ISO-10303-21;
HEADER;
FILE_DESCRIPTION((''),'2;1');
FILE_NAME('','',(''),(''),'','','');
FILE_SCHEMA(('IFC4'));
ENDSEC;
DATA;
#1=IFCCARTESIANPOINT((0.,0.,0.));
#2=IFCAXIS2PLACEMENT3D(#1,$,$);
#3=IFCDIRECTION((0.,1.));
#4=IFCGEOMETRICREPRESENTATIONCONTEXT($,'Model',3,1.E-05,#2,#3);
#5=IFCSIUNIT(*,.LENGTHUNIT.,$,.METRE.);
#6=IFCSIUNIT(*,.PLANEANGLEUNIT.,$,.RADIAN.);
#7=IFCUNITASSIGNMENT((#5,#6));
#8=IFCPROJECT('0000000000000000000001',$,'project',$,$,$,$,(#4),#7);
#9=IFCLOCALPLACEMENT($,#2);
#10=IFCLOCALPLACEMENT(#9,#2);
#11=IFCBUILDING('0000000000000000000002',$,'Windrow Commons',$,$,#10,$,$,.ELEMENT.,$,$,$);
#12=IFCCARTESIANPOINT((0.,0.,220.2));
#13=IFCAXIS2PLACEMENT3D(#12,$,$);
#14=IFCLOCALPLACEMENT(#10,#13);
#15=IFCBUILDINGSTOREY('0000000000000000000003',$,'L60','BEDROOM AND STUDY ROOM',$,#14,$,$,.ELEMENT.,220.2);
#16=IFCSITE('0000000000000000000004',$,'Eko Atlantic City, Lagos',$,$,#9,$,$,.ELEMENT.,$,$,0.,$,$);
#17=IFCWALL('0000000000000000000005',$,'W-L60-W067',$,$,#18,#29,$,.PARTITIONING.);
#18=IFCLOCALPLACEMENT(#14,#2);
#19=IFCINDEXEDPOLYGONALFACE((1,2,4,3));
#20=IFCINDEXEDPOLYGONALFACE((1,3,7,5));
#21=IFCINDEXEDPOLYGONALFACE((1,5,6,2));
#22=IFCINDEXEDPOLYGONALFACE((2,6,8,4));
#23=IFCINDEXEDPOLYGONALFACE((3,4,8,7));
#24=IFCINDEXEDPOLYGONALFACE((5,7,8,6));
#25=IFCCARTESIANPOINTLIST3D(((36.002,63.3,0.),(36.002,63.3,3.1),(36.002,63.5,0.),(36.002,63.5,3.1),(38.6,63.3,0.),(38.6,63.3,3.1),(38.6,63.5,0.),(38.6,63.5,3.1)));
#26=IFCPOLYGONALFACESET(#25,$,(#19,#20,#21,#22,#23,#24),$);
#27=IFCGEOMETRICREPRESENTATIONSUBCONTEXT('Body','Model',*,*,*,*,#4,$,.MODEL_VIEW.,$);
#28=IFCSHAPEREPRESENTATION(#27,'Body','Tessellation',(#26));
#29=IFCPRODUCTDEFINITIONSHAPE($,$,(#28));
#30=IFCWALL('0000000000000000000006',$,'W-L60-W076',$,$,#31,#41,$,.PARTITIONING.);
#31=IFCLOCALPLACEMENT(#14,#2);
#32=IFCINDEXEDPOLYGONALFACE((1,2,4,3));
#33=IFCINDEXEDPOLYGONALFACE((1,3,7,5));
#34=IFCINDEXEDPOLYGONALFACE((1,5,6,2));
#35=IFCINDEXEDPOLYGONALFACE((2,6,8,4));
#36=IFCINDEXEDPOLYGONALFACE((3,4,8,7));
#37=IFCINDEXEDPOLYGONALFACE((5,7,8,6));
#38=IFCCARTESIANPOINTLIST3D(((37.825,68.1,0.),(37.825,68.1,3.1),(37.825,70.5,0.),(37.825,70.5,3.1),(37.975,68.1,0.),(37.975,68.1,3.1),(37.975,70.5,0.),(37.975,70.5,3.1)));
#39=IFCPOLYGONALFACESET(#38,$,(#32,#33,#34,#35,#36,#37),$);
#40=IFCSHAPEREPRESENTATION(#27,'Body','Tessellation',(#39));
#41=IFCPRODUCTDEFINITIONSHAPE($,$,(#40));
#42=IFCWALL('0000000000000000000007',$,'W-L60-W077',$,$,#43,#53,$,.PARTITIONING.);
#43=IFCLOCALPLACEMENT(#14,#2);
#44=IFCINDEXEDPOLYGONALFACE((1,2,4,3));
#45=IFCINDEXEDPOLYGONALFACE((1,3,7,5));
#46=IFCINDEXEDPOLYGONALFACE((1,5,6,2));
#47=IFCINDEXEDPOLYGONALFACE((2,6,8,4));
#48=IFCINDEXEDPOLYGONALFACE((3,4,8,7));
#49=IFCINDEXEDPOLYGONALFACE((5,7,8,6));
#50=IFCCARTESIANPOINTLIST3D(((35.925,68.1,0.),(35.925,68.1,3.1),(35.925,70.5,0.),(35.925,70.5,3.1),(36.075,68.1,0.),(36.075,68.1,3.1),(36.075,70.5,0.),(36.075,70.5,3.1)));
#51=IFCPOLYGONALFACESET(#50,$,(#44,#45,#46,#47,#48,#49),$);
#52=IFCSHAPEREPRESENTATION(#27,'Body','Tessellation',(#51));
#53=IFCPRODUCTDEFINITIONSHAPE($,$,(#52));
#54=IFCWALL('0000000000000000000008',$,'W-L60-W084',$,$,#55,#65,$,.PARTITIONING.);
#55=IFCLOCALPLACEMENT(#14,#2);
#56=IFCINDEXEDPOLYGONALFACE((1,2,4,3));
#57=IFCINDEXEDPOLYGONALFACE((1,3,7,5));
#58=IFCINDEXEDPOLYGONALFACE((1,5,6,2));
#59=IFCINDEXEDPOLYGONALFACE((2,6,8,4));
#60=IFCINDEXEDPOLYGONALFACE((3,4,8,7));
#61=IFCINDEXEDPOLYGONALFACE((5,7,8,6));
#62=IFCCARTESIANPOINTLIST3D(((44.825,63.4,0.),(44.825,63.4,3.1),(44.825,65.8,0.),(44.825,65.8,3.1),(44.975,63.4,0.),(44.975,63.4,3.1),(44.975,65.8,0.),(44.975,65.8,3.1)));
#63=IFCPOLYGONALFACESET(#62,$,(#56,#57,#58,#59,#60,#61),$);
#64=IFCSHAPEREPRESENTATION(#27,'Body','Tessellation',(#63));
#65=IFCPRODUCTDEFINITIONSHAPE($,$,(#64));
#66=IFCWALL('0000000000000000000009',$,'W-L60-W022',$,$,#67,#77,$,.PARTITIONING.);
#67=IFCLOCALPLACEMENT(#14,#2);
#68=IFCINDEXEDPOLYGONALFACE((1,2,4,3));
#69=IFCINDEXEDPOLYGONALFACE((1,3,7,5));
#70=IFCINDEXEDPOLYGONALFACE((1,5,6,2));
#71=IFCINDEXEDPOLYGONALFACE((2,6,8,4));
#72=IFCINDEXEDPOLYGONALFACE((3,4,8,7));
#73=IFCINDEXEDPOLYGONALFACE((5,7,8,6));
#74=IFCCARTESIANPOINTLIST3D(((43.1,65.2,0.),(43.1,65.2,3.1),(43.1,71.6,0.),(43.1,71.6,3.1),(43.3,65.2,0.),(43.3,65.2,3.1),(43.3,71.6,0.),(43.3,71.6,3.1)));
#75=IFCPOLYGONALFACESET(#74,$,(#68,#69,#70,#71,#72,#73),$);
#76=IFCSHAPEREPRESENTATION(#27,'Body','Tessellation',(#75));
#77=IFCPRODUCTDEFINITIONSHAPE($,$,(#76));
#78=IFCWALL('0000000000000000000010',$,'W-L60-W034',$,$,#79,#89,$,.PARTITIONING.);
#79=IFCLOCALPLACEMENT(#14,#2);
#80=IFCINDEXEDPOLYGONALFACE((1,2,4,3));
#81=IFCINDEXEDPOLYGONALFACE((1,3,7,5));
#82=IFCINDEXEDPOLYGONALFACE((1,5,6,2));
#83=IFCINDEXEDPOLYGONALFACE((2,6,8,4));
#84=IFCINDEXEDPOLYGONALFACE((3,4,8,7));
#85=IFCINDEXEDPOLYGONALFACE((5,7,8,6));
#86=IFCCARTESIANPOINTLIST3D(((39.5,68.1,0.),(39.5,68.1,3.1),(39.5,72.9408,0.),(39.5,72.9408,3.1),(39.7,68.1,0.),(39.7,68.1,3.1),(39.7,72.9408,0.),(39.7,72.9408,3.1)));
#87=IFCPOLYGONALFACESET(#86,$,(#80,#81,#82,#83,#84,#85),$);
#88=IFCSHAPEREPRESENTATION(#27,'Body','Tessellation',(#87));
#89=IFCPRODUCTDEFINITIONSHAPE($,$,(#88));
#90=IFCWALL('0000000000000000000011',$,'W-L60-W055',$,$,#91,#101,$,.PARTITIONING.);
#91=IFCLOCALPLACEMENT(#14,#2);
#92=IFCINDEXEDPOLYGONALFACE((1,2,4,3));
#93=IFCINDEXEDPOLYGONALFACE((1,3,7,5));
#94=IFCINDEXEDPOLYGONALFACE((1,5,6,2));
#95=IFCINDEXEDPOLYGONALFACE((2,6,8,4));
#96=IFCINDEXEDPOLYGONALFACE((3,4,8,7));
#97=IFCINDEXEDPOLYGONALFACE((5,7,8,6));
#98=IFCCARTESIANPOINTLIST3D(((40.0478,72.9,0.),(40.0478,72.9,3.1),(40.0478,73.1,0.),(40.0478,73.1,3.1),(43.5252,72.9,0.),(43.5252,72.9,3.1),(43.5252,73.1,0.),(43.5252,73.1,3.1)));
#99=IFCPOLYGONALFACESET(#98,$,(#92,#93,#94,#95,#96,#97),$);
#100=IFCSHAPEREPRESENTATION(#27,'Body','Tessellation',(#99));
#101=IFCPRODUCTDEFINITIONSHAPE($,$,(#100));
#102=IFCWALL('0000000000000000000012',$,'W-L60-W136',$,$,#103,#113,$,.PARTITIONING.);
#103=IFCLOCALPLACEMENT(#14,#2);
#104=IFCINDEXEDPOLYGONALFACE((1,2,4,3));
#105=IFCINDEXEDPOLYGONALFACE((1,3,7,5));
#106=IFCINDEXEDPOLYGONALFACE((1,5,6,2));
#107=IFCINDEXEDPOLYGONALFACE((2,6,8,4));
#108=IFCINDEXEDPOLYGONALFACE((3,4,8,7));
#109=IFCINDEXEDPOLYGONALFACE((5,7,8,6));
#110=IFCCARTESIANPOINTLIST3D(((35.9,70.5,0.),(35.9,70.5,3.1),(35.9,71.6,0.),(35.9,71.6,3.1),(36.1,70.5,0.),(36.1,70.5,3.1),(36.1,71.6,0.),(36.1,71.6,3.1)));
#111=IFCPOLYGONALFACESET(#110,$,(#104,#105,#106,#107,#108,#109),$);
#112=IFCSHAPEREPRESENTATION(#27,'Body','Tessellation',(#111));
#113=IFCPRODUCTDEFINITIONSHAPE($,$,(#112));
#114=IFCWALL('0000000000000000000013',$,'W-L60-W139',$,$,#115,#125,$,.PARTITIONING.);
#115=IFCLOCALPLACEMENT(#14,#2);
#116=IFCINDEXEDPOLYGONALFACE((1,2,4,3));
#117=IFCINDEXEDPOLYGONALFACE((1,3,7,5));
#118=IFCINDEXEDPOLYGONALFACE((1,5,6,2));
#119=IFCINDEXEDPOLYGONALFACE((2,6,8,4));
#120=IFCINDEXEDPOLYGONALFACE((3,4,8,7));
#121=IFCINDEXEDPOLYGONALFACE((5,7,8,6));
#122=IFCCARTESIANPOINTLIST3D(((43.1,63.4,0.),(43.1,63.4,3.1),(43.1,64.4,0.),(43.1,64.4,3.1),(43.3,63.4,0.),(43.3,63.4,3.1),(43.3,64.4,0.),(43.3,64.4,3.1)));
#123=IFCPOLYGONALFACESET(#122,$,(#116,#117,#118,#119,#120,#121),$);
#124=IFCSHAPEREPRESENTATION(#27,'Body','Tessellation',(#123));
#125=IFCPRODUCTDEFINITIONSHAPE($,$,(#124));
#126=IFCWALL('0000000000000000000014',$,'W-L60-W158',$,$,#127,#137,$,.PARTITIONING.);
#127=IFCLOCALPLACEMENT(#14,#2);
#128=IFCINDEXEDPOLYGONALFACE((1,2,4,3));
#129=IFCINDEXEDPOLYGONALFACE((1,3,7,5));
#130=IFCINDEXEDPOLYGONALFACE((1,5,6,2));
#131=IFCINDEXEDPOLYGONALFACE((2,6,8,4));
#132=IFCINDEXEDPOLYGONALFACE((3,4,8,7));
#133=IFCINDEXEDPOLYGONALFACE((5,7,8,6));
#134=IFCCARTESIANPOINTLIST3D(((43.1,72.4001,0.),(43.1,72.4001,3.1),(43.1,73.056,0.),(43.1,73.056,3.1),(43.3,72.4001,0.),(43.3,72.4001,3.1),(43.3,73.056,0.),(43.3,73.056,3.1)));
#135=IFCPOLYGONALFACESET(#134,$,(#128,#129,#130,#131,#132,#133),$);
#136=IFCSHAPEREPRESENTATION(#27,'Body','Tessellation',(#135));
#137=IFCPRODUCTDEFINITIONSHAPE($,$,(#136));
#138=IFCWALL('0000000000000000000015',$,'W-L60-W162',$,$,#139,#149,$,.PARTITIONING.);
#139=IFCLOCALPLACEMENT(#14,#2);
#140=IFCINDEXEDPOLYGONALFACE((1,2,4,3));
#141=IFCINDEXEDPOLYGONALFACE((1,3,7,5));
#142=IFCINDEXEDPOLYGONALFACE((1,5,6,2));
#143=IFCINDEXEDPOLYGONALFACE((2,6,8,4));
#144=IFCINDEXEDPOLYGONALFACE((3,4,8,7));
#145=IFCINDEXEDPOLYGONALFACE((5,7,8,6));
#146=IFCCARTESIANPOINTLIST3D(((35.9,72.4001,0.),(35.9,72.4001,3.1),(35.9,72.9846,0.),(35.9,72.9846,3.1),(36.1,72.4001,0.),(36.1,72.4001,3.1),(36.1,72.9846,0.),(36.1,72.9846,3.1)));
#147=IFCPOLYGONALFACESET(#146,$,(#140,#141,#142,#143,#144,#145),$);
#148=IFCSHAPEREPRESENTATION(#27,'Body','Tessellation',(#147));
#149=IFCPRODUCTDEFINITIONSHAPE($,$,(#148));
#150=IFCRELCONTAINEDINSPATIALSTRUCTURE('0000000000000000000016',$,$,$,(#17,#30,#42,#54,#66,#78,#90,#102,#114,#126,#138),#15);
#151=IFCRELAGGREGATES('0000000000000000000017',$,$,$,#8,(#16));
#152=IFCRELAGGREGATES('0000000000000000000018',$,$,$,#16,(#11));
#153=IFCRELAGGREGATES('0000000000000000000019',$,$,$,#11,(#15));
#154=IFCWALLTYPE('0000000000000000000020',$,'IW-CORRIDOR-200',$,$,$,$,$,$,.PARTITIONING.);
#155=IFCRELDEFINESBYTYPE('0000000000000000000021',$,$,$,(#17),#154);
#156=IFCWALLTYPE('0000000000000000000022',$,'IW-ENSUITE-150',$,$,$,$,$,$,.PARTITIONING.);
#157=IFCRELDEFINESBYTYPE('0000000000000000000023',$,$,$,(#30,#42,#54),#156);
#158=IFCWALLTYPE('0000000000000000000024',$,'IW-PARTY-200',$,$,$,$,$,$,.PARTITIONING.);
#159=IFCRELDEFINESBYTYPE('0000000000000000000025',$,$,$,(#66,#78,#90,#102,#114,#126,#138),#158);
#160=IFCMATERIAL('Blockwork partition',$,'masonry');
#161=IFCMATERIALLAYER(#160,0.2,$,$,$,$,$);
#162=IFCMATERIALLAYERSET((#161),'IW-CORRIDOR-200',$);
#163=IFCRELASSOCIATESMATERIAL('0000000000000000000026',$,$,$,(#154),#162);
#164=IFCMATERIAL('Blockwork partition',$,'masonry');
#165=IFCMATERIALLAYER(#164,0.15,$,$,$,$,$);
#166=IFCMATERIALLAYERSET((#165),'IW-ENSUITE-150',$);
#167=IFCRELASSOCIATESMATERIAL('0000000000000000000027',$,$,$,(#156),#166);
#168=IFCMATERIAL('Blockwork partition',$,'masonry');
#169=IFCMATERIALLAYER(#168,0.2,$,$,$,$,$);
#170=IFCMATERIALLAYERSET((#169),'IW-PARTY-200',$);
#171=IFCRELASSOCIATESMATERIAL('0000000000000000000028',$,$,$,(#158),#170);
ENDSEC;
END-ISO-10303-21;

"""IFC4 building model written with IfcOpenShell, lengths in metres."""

from ifc_helpers import new_model, si_unit, direction, frame, frame_2d, origin, place, context, subcontext, project, spatial, rectangle, extrude, material, layer, layer_set, type_object, element, save


model = new_model("IFC4")

# Units and contexts
model_context = context("Model", 3, precision=1e-05, world=origin(), true_north=direction((0.0, 1.0)))
body_context = subcontext(model_context, "Body", "Model", "MODEL_VIEW")
ifc_project = project(units=[si_unit("LENGTHUNIT", "METRE"), si_unit("PLANEANGLEUNIT", "RADIAN")], contexts=[model_context])

# Site, building, storey
site_placement = place(None, origin())
site = spatial("IfcSite", under=ifc_project, at=site_placement, Name="Eko Atlantic City, Lagos", CompositionType="ELEMENT", RefElevation=0.0)
building_placement = place(site_placement, origin())
building = spatial("IfcBuilding", under=site, at=building_placement, Name="Windrow Commons", CompositionType="ELEMENT")
storey_placement = place(building_placement, frame((0.0, 0.0, 220.2)))
storey = spatial("IfcBuildingStorey", under=building, at=storey_placement, Name="L60", Description="BEDROOM AND STUDY ROOM", CompositionType="ELEMENT", Elevation=220.2)

# Shared definitions
ifc_material_1 = material(Name="Blockwork partition", Category="masonry")
ifc_layer_1 = layer(ifc_material_1, 0.2)
ifc_layer_set_1 = layer_set([ifc_layer_1], Name="IW-CORRIDOR-200")
wall_type_1 = type_object("IfcWallType", Name="IW-CORRIDOR-200", PredefinedType="PARTITIONING", material=ifc_layer_set_1)

# Walls
wall_1_placement = place(storey_placement, frame((36.002, 63.4, 0.0), z_axis=(0.0, 0.0, 1.0), x_axis=(1.0, 0.0, 0.0)))
element("IfcWall", 1, at=wall_1_placement, inside=storey, type_object=wall_type_1, Name="W-L60-W067", PredefinedType="PARTITIONING", context=body_context, shape_type="SweptSolid", body=[
    extrude(rectangle(XDim=2.598, YDim=0.2, at=frame_2d((1.299, 0.0))), origin(), (0.0, 0.0, 1.0), 3.1),
])
ifc_material_2 = material(Name="Blockwork partition", Category="masonry")
ifc_layer_2 = layer(ifc_material_2, 0.15)
ifc_layer_set_2 = layer_set([ifc_layer_2], Name="IW-ENSUITE-150")
wall_type_2 = type_object("IfcWallType", Name="IW-ENSUITE-150", PredefinedType="PARTITIONING", material=ifc_layer_set_2)
for number, where, z_axis, x_axis, name in (
    (2, (37.9, 68.1, 0.0), (0.0, 0.0, 1.0), (0.0, 1.0, 0.0), "W-L60-W076"),
    (3, (36.0, 68.1, 0.0), (0.0, 0.0, 1.0), (0.0, 1.0, 0.0), "W-L60-W077"),
    (4, (44.9, 63.4, 0.0), (0.0, 0.0, 1.0), (0.0, 1.0, 0.0), "W-L60-W084"),
):
    element("IfcWall", number, at=place(storey_placement, frame(where, z_axis=z_axis, x_axis=x_axis)), inside=storey, type_object=wall_type_2, Name=name, PredefinedType="PARTITIONING", context=body_context, shape_type="SweptSolid", body=[
        extrude(rectangle(XDim=2.4, YDim=0.15, at=frame_2d((1.2, 0.0))), origin(), (0.0, 0.0, 1.0), 3.1),
    ])
ifc_material_3 = material(Name="Blockwork partition", Category="masonry")
ifc_layer_3 = layer(ifc_material_3, 0.2)
ifc_layer_set_3 = layer_set([ifc_layer_3], Name="IW-PARTY-200")
wall_type_3 = type_object("IfcWallType", Name="IW-PARTY-200", PredefinedType="PARTITIONING", material=ifc_layer_set_3)
wall_2_placement = place(storey_placement, frame((43.2, 65.2, 0.0), z_axis=(0.0, 0.0, 1.0), x_axis=(0.0, 1.0, 0.0)))
element("IfcWall", 5, at=wall_2_placement, inside=storey, type_object=wall_type_3, Name="W-L60-W022", PredefinedType="PARTITIONING", context=body_context, shape_type="SweptSolid", body=[
    extrude(rectangle(XDim=6.4, YDim=0.2, at=frame_2d((3.2, 0.0))), origin(), (0.0, 0.0, 1.0), 3.1),
])
wall_3_placement = place(storey_placement, frame((39.6, 68.1, 0.0), z_axis=(0.0, 0.0, 1.0), x_axis=(0.0, 1.0, 0.0)))
element("IfcWall", 6, at=wall_3_placement, inside=storey, type_object=wall_type_3, Name="W-L60-W034", PredefinedType="PARTITIONING", context=body_context, shape_type="SweptSolid", body=[
    extrude(rectangle(XDim=4.8408, YDim=0.2, at=frame_2d((2.4204, 0.0))), origin(), (0.0, 0.0, 1.0), 3.1),
])
wall_4_placement = place(storey_placement, frame((40.0477, 73.0, 0.0), z_axis=(0.0, 0.0, 1.0), x_axis=(1.0, 0.0, 0.0)))
element("IfcWall", 7, at=wall_4_placement, inside=storey, type_object=wall_type_3, Name="W-L60-W055", PredefinedType="PARTITIONING", context=body_context, shape_type="SweptSolid", body=[
    extrude(rectangle(XDim=3.4775, YDim=0.2, at=frame_2d((1.7388, 0.0))), origin(), (0.0, 0.0, 1.0), 3.1),
])
wall_5_placement = place(storey_placement, frame((36.0, 70.5, 0.0), z_axis=(0.0, 0.0, 1.0), x_axis=(0.0, 1.0, 0.0)))
element("IfcWall", 8, at=wall_5_placement, inside=storey, type_object=wall_type_3, Name="W-L60-W136", PredefinedType="PARTITIONING", context=body_context, shape_type="SweptSolid", body=[
    extrude(rectangle(XDim=1.1, YDim=0.2, at=frame_2d((0.55, 0.0))), origin(), (0.0, 0.0, 1.0), 3.1),
])
wall_6_placement = place(storey_placement, frame((43.2, 63.4, 0.0), z_axis=(0.0, 0.0, 1.0), x_axis=(0.0, 1.0, 0.0)))
element("IfcWall", 9, at=wall_6_placement, inside=storey, type_object=wall_type_3, Name="W-L60-W139", PredefinedType="PARTITIONING", context=body_context, shape_type="SweptSolid", body=[
    extrude(rectangle(XDim=1.0, YDim=0.2, at=frame_2d((0.5, 0.0))), origin(), (0.0, 0.0, 1.0), 3.1),
])
wall_7_placement = place(storey_placement, frame((43.2, 72.4, 0.0), z_axis=(0.0, 0.0, 1.0), x_axis=(0.0, 1.0, 0.0)))
element("IfcWall", 10, at=wall_7_placement, inside=storey, type_object=wall_type_3, Name="W-L60-W158", PredefinedType="PARTITIONING", context=body_context, shape_type="SweptSolid", body=[
    extrude(rectangle(XDim=0.6559, YDim=0.2, at=frame_2d((0.328, 0.0))), origin(), (0.0, 0.0, 1.0), 3.1),
])
wall_8_placement = place(storey_placement, frame((36.0, 72.4, 0.0), z_axis=(0.0, 0.0, 1.0), x_axis=(0.0, 1.0, 0.0)))
element("IfcWall", 11, at=wall_8_placement, inside=storey, type_object=wall_type_3, Name="W-L60-W162", PredefinedType="PARTITIONING", context=body_context, shape_type="SweptSolid", body=[
    extrude(rectangle(XDim=0.5845, YDim=0.2, at=frame_2d((0.2923, 0.0))), origin(), (0.0, 0.0, 1.0), 3.1),
])

save(model, "model.ifc")
